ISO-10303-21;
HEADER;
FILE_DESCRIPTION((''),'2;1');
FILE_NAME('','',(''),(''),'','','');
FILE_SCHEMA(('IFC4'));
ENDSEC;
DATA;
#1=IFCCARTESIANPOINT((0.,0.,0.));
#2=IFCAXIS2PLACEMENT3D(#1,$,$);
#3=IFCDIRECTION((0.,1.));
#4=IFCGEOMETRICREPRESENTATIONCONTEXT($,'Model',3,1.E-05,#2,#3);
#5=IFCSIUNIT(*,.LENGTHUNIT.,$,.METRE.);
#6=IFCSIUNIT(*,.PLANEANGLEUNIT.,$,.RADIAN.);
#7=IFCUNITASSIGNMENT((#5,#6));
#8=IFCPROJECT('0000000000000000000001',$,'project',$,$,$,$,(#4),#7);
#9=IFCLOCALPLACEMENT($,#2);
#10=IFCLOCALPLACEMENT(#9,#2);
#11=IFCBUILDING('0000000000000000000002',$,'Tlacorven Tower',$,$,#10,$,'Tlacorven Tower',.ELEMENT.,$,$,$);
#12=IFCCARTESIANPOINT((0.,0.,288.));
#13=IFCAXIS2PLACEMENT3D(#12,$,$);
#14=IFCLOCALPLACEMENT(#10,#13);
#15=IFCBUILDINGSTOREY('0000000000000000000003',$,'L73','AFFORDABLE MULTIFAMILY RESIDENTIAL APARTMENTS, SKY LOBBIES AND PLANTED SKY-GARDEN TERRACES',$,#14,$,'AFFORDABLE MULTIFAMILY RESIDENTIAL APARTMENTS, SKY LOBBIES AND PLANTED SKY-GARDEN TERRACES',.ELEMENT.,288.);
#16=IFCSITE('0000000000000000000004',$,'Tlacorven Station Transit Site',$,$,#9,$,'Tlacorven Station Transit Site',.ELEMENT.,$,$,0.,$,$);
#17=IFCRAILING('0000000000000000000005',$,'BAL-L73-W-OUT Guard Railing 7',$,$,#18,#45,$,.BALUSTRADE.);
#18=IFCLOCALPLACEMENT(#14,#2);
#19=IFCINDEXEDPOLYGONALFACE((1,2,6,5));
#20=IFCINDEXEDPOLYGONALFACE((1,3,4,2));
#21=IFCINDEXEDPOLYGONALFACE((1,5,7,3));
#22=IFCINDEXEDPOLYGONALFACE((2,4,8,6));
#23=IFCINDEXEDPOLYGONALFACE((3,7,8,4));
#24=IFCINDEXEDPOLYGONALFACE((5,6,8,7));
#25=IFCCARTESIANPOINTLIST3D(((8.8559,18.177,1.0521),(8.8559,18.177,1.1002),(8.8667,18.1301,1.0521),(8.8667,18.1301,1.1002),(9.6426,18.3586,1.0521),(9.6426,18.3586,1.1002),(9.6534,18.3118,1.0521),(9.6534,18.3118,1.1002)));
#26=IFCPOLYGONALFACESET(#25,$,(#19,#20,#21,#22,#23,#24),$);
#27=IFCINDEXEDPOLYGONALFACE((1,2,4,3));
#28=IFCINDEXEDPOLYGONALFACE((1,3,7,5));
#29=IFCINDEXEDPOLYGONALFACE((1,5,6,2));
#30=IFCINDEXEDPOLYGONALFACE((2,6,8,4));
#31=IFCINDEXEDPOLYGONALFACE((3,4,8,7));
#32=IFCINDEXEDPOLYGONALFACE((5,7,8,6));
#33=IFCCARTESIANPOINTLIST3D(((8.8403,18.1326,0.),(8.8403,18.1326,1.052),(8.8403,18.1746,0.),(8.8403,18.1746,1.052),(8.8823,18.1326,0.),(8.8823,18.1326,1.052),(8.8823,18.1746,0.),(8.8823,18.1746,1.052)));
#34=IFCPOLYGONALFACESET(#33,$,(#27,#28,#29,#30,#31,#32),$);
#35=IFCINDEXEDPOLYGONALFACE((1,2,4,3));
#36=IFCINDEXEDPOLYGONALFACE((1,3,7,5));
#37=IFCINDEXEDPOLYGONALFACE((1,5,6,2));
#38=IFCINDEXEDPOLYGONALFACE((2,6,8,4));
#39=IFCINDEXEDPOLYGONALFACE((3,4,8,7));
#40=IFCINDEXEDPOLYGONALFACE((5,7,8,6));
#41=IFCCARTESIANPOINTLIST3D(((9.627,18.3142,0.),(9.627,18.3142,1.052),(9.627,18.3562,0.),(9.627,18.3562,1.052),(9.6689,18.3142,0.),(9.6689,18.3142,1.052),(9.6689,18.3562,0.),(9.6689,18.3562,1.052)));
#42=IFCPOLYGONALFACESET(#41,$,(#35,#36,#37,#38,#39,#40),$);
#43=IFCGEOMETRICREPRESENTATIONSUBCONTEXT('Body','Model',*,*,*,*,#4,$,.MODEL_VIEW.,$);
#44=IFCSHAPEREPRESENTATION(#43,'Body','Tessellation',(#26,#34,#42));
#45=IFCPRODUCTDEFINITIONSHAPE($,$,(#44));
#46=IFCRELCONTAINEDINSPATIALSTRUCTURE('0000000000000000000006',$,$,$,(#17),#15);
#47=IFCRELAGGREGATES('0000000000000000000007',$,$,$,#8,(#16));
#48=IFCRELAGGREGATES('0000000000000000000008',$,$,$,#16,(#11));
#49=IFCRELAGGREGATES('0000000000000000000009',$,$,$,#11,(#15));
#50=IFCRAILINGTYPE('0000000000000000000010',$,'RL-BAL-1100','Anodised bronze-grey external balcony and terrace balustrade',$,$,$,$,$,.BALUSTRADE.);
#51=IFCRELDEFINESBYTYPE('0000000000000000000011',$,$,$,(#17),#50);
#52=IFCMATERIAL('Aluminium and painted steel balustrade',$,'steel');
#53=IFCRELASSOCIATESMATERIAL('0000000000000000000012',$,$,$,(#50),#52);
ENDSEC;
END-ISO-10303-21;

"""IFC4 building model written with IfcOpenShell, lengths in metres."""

from ifc_helpers import new_model, si_unit, direction, frame, origin, origin_2d, place, context, subcontext, project, spatial, rectangle, extrude, source, transform, mapped, material, type_object, element, save


model = new_model("IFC4")

# Units and contexts
model_context = context("Model", 3, precision=1e-05, world=origin(), true_north=direction((0.0, 1.0)))
body_context = subcontext(model_context, "Body", "Model", "MODEL_VIEW")
ifc_project = project(units=[si_unit("LENGTHUNIT", "METRE"), si_unit("PLANEANGLEUNIT", "RADIAN")], contexts=[model_context])

# Site, building, storey
site_placement = place(None, origin())
site = spatial("IfcSite", under=ifc_project, at=site_placement, Name="Tlacorven Station Transit Site", LongName="Tlacorven Station Transit Site", CompositionType="ELEMENT", RefElevation=0.0)
building_placement = place(site_placement, origin())
building = spatial("IfcBuilding", under=site, at=building_placement, Name="Tlacorven Tower", LongName="Tlacorven Tower", CompositionType="ELEMENT")
storey_placement = place(building_placement, frame((0.0, 0.0, 288.0)))
storey = spatial("IfcBuildingStorey", under=building, at=storey_placement, Name="L73", Description="AFFORDABLE MULTIFAMILY RESIDENTIAL APARTMENTS, SKY LOBBIES AND PLANTED SKY-GARDEN TERRACES", LongName="AFFORDABLE MULTIFAMILY RESIDENTIAL APARTMENTS, SKY LOBBIES AND PLANTED SKY-GARDEN TERRACES", CompositionType="ELEMENT", Elevation=288.0)

# Railing
ifc_material_1 = material(Name="Aluminium and painted steel balustrade", Category="steel")
railing_type = type_object("IfcRailingType", Name="RL-BAL-1100", Description="Anodised bronze-grey external balcony and terrace balustrade", PredefinedType="BALUSTRADE", material=ifc_material_1)
shared_shape_1 = source(origin(), body_context, "Body", "SweptSolid", [
    extrude(rectangle(XDim=0.0481, YDim=0.0481, at=origin_2d()), frame((0.0, 0.0, 1.0762), z_axis=(0.974361, 0.224992, 0.0), x_axis=(-0.224992, 0.974361, 0.0)), (0.0, 0.0, 1.0), 0.8074),
    extrude(rectangle(XDim=0.042, YDim=0.042, at=origin_2d()), origin(), (0.0, 0.0, 1.0), 1.052),
    extrude(rectangle(XDim=0.042, YDim=0.042, at=origin_2d()), frame((0.7866, 0.1816, 0.0)), (0.0, 0.0, 1.0), 1.052),
])
railing_1_placement = place(storey_placement, frame((8.8613, 18.1536, 0.0)))
element("IfcRailing", 1, at=railing_1_placement, inside=storey, type_object=railing_type, Name="BAL-L73-W-OUT Guard Railing 7", PredefinedType="BALUSTRADE", context=body_context, shape_type="MappedRepresentation", body=[
    mapped(shared_shape_1, transform((0.0, 0.0, 0.0), scale=1.0)),
])

save(model, "model.ifc")
